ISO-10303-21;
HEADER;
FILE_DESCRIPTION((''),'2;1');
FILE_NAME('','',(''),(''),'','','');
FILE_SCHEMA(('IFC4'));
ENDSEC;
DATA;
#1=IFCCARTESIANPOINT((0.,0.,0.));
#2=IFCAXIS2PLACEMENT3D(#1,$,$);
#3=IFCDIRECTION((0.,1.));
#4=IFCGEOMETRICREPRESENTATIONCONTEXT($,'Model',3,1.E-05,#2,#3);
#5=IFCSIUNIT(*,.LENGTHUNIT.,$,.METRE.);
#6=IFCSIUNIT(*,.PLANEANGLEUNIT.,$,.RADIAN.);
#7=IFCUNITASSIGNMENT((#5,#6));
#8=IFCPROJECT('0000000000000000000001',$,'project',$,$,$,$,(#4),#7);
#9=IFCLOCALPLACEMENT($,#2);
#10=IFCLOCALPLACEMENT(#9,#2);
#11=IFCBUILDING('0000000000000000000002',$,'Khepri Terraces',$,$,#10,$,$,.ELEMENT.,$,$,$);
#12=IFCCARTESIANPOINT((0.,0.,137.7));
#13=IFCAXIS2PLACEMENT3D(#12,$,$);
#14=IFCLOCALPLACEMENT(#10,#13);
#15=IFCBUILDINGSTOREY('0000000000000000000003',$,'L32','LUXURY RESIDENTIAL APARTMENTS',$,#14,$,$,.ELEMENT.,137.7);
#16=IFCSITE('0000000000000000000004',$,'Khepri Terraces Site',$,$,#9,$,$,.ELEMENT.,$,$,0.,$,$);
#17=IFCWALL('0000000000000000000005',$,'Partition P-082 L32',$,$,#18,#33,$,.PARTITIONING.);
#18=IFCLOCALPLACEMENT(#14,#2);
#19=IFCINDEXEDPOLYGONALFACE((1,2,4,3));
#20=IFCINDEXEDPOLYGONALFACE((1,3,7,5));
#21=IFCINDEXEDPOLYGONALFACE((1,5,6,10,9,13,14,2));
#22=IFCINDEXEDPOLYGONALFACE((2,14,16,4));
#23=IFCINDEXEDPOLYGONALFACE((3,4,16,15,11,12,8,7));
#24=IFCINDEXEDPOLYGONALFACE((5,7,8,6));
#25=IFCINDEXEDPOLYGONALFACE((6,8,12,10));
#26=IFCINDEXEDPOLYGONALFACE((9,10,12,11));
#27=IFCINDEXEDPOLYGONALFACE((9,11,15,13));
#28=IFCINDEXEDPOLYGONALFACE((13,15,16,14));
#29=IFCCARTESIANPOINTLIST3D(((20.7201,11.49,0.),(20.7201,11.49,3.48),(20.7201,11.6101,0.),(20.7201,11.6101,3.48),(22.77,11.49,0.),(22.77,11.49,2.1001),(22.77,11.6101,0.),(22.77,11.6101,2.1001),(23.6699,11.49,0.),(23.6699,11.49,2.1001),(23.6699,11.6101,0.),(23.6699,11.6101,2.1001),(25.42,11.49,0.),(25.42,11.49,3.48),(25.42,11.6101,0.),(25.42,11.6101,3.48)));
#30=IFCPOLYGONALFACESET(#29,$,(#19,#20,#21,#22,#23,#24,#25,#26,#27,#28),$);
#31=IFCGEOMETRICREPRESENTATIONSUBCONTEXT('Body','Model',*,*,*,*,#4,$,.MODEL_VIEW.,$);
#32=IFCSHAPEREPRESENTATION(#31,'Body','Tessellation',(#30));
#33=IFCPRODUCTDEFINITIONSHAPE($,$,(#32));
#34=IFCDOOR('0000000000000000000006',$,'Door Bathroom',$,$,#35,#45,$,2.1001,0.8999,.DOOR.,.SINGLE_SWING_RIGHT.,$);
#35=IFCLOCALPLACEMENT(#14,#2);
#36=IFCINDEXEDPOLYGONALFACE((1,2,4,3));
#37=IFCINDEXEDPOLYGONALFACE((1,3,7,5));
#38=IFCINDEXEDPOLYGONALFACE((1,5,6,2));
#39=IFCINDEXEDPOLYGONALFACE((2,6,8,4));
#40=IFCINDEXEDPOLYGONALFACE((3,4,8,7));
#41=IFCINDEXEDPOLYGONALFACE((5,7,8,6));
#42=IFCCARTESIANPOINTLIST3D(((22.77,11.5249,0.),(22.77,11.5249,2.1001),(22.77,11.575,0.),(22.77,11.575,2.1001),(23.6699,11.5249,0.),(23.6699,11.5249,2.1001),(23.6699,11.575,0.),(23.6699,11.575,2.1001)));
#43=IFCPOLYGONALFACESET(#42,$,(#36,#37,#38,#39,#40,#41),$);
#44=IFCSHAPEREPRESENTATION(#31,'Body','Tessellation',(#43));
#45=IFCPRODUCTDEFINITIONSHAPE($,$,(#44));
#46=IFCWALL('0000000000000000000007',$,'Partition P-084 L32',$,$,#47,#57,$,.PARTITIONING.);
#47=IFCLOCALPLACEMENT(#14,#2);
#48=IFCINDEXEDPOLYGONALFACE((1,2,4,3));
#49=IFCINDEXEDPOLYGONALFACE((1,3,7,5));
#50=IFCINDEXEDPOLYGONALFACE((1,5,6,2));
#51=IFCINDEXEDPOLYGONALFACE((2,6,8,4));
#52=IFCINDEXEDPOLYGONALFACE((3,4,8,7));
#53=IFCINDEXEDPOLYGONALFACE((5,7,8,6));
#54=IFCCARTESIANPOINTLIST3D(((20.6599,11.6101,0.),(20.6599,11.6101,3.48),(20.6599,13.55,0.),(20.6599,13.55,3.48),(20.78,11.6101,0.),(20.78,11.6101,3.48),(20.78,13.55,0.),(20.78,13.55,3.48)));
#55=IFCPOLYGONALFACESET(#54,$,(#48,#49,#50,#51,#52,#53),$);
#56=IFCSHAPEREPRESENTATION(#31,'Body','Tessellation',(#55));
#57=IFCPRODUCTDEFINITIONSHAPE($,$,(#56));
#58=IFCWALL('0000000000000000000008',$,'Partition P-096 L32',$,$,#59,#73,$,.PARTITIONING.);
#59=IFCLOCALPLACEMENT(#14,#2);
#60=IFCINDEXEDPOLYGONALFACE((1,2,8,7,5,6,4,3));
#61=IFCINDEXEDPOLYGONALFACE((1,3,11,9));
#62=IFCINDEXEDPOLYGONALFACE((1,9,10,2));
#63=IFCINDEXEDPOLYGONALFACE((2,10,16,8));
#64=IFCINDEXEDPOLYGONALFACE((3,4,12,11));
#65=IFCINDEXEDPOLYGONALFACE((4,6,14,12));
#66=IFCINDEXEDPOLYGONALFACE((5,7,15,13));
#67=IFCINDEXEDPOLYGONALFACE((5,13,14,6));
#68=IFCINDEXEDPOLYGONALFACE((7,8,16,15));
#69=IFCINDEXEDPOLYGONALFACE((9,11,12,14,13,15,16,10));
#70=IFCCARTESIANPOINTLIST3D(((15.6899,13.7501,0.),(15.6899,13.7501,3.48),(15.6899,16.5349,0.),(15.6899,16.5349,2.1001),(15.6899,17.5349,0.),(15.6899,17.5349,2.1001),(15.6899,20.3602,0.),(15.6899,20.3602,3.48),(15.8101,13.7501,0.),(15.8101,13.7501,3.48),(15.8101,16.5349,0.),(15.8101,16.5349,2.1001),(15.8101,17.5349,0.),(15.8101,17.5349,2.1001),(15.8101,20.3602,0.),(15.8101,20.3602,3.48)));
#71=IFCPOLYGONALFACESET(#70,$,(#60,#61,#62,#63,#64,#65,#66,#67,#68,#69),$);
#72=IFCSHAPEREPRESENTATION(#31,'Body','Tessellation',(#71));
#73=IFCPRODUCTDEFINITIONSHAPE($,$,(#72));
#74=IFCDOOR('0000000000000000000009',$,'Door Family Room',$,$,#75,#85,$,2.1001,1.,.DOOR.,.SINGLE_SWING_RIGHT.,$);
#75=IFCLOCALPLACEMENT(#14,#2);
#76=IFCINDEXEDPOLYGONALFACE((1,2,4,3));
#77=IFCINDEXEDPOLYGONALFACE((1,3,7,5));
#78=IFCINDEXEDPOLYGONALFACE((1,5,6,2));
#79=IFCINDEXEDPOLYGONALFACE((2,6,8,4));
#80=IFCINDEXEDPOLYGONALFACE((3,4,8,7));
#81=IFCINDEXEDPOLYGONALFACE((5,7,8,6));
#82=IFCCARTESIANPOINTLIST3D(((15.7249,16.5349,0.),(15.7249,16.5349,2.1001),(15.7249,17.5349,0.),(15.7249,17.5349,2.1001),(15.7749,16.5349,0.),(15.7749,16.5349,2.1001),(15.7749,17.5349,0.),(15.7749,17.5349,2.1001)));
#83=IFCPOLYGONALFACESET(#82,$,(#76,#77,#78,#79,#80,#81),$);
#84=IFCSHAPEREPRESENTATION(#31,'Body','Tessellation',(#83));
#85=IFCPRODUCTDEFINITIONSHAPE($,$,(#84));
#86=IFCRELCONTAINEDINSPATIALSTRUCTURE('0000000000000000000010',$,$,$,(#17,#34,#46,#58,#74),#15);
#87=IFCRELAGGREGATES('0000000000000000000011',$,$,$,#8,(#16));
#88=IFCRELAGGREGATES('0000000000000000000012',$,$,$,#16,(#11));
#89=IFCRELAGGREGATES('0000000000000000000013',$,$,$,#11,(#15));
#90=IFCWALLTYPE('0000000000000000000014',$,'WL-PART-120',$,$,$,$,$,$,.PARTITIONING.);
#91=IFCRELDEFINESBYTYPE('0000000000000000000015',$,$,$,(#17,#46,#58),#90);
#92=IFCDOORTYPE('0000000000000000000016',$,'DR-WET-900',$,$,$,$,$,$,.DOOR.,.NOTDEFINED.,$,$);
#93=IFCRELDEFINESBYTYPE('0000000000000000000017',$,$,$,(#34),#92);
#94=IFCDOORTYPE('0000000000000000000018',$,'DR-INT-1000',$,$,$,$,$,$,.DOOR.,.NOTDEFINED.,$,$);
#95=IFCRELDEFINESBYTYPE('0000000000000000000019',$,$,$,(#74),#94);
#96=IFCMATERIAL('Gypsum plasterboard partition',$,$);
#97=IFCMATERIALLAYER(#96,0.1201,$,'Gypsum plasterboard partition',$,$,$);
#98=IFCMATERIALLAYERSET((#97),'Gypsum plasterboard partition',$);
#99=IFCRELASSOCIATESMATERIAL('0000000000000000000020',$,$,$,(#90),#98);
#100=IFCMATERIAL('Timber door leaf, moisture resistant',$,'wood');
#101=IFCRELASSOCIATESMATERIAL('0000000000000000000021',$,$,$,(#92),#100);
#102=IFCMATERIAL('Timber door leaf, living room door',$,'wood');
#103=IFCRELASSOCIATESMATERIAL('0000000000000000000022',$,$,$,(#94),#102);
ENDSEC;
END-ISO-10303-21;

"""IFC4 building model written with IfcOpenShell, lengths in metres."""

from ifc_helpers import new_model, si_unit, direction, frame, frame_2d, origin, place, context, subcontext, project, spatial, rectangle, extrude, material, layer, layer_set, type_object, element, fill, save


model = new_model("IFC4")

# Units and contexts
model_context = context("Model", 3, precision=1e-05, world=origin(), true_north=direction((0.0, 1.0)))
body_context = subcontext(model_context, "Body", "Model", "MODEL_VIEW")
ifc_project = project(units=[si_unit("LENGTHUNIT", "METRE"), si_unit("PLANEANGLEUNIT", "RADIAN")], contexts=[model_context])

# Site, building, storey
site_placement = place(None, origin())
site = spatial("IfcSite", under=ifc_project, at=site_placement, Name="Khepri Terraces Site", CompositionType="ELEMENT", RefElevation=0.0)
building_placement = place(site_placement, origin())
building = spatial("IfcBuilding", under=site, at=building_placement, Name="Khepri Terraces", CompositionType="ELEMENT")
storey_placement = place(building_placement, frame((0.0, 0.0, 137.7)))
storey = spatial("IfcBuildingStorey", under=building, at=storey_placement, Name="L32", Description="LUXURY RESIDENTIAL APARTMENTS", CompositionType="ELEMENT", Elevation=137.7)

# Wall, opening, door
ifc_material_1 = material(Name="Gypsum plasterboard partition")
ifc_layer_1 = layer(ifc_material_1, 0.1201, Name="Gypsum plasterboard partition")
ifc_layer_set_1 = layer_set([ifc_layer_1], Name="Gypsum plasterboard partition")
wall_type_1 = type_object("IfcWallType", Name="WL-PART-120", PredefinedType="PARTITIONING", material=ifc_layer_set_1)
wall_1_placement = place(storey_placement, frame((20.72, 11.55, 0.0), z_axis=(0.0, 0.0, 1.0), x_axis=(1.0, 0.0, 0.0)))
wall_1 = element("IfcWall", 1, at=wall_1_placement, inside=storey, type_object=wall_type_1, Name="Partition P-082 L32", PredefinedType="PARTITIONING", context=body_context, shape_type="SweptSolid", body=[
    extrude(rectangle(XDim=4.7, YDim=0.1201, at=frame_2d((2.3501, 0.0))), origin(), (0.0, 0.0, 1.0), 3.48),
])
opening_1_placement = place(wall_1_placement, frame((2.05, 0.0, 0.0)))
opening_1 = element("IfcOpeningElement", 2, at=opening_1_placement, cuts=wall_1, PredefinedType="OPENING", context=body_context, shape_type="SweptSolid", body=[
    extrude(rectangle(XDim=0.8999, YDim=2.1001, at=frame_2d((0.45, 1.05))), frame((0.0, 0.0701, 0.0), z_axis=(0.0, -1.0, 0.0), x_axis=(1.0, 0.0, 0.0)), (0.0, 0.0, 1.0), 0.1401),
])
ifc_material_2 = material(Name="Timber door leaf, moisture resistant", Category="wood")
door_type_1 = type_object("IfcDoorType", Name="DR-WET-900", OperationType="NOTDEFINED", PredefinedType="DOOR", material=ifc_material_2)
door_1_placement = place(opening_1_placement, origin())
door_1 = element("IfcDoor", 3, at=door_1_placement, inside=storey, type_object=door_type_1, Name="Door Bathroom", OperationType="SINGLE_SWING_RIGHT", OverallHeight=2.1001, OverallWidth=0.8999, PredefinedType="DOOR", context=body_context, shape_type="SweptSolid", body=[
    extrude(rectangle(XDim=0.8999, YDim=2.1001, at=frame_2d((0.45, 1.05))), frame((0.0, 0.0249, 0.0), z_axis=(0.0, -1.0, 0.0), x_axis=(1.0, 0.0, 0.0)), (0.0, 0.0, 1.0), 0.05),
])
fill(opening_1, door_1)

# Wall
wall_2_placement = place(storey_placement, frame((20.72, 11.6101, 0.0), z_axis=(0.0, 0.0, 1.0), x_axis=(0.0, 1.0, 0.0)))
element("IfcWall", 4, at=wall_2_placement, inside=storey, type_object=wall_type_1, Name="Partition P-084 L32", PredefinedType="PARTITIONING", context=body_context, shape_type="SweptSolid", body=[
    extrude(rectangle(XDim=1.9399, YDim=0.1201, at=frame_2d((0.97, 0.0))), origin(), (0.0, 0.0, 1.0), 3.48),
])

# Wall, opening, door
wall_3_placement = place(storey_placement, frame((15.75, 13.75, 0.0), z_axis=(0.0, 0.0, 1.0), x_axis=(0.0, 1.0, 0.0)))
wall_3 = element("IfcWall", 5, at=wall_3_placement, inside=storey, type_object=wall_type_1, Name="Partition P-096 L32", PredefinedType="PARTITIONING", context=body_context, shape_type="SweptSolid", body=[
    extrude(rectangle(XDim=6.6101, YDim=0.1201, at=frame_2d((3.3052, 0.0))), origin(), (0.0, 0.0, 1.0), 3.48),
])
opening_2_placement = place(wall_3_placement, frame((2.7849, 0.0, 0.0)))
opening_2 = element("IfcOpeningElement", 6, at=opening_2_placement, cuts=wall_3, PredefinedType="OPENING", context=body_context, shape_type="SweptSolid", body=[
    extrude(rectangle(XDim=1.0, YDim=2.1001, at=frame_2d((0.5, 1.05))), frame((0.0, 0.0701, 0.0), z_axis=(0.0, -1.0, 0.0), x_axis=(1.0, 0.0, 0.0)), (0.0, 0.0, 1.0), 0.1401),
])
ifc_material_3 = material(Name="Timber door leaf, living room door", Category="wood")
door_type_2 = type_object("IfcDoorType", Name="DR-INT-1000", OperationType="NOTDEFINED", PredefinedType="DOOR", material=ifc_material_3)
door_2_placement = place(opening_2_placement, frame((1.0, 0.0, 0.0), z_axis=(0.0, 0.0, 1.0), x_axis=(-1.0, 0.0, 0.0)))
door_2 = element("IfcDoor", 7, at=door_2_placement, inside=storey, type_object=door_type_2, Name="Door Family Room", OperationType="SINGLE_SWING_RIGHT", OverallHeight=2.1001, OverallWidth=1.0, PredefinedType="DOOR", context=body_context, shape_type="SweptSolid", body=[
    extrude(rectangle(XDim=1.0, YDim=2.1001, at=frame_2d((0.5, 1.05))), frame((0.0, 0.0249, 0.0), z_axis=(0.0, -1.0, 0.0), x_axis=(1.0, 0.0, 0.0)), (0.0, 0.0, 1.0), 0.05),
])
fill(opening_2, door_2)

save(model, "model.ifc")
